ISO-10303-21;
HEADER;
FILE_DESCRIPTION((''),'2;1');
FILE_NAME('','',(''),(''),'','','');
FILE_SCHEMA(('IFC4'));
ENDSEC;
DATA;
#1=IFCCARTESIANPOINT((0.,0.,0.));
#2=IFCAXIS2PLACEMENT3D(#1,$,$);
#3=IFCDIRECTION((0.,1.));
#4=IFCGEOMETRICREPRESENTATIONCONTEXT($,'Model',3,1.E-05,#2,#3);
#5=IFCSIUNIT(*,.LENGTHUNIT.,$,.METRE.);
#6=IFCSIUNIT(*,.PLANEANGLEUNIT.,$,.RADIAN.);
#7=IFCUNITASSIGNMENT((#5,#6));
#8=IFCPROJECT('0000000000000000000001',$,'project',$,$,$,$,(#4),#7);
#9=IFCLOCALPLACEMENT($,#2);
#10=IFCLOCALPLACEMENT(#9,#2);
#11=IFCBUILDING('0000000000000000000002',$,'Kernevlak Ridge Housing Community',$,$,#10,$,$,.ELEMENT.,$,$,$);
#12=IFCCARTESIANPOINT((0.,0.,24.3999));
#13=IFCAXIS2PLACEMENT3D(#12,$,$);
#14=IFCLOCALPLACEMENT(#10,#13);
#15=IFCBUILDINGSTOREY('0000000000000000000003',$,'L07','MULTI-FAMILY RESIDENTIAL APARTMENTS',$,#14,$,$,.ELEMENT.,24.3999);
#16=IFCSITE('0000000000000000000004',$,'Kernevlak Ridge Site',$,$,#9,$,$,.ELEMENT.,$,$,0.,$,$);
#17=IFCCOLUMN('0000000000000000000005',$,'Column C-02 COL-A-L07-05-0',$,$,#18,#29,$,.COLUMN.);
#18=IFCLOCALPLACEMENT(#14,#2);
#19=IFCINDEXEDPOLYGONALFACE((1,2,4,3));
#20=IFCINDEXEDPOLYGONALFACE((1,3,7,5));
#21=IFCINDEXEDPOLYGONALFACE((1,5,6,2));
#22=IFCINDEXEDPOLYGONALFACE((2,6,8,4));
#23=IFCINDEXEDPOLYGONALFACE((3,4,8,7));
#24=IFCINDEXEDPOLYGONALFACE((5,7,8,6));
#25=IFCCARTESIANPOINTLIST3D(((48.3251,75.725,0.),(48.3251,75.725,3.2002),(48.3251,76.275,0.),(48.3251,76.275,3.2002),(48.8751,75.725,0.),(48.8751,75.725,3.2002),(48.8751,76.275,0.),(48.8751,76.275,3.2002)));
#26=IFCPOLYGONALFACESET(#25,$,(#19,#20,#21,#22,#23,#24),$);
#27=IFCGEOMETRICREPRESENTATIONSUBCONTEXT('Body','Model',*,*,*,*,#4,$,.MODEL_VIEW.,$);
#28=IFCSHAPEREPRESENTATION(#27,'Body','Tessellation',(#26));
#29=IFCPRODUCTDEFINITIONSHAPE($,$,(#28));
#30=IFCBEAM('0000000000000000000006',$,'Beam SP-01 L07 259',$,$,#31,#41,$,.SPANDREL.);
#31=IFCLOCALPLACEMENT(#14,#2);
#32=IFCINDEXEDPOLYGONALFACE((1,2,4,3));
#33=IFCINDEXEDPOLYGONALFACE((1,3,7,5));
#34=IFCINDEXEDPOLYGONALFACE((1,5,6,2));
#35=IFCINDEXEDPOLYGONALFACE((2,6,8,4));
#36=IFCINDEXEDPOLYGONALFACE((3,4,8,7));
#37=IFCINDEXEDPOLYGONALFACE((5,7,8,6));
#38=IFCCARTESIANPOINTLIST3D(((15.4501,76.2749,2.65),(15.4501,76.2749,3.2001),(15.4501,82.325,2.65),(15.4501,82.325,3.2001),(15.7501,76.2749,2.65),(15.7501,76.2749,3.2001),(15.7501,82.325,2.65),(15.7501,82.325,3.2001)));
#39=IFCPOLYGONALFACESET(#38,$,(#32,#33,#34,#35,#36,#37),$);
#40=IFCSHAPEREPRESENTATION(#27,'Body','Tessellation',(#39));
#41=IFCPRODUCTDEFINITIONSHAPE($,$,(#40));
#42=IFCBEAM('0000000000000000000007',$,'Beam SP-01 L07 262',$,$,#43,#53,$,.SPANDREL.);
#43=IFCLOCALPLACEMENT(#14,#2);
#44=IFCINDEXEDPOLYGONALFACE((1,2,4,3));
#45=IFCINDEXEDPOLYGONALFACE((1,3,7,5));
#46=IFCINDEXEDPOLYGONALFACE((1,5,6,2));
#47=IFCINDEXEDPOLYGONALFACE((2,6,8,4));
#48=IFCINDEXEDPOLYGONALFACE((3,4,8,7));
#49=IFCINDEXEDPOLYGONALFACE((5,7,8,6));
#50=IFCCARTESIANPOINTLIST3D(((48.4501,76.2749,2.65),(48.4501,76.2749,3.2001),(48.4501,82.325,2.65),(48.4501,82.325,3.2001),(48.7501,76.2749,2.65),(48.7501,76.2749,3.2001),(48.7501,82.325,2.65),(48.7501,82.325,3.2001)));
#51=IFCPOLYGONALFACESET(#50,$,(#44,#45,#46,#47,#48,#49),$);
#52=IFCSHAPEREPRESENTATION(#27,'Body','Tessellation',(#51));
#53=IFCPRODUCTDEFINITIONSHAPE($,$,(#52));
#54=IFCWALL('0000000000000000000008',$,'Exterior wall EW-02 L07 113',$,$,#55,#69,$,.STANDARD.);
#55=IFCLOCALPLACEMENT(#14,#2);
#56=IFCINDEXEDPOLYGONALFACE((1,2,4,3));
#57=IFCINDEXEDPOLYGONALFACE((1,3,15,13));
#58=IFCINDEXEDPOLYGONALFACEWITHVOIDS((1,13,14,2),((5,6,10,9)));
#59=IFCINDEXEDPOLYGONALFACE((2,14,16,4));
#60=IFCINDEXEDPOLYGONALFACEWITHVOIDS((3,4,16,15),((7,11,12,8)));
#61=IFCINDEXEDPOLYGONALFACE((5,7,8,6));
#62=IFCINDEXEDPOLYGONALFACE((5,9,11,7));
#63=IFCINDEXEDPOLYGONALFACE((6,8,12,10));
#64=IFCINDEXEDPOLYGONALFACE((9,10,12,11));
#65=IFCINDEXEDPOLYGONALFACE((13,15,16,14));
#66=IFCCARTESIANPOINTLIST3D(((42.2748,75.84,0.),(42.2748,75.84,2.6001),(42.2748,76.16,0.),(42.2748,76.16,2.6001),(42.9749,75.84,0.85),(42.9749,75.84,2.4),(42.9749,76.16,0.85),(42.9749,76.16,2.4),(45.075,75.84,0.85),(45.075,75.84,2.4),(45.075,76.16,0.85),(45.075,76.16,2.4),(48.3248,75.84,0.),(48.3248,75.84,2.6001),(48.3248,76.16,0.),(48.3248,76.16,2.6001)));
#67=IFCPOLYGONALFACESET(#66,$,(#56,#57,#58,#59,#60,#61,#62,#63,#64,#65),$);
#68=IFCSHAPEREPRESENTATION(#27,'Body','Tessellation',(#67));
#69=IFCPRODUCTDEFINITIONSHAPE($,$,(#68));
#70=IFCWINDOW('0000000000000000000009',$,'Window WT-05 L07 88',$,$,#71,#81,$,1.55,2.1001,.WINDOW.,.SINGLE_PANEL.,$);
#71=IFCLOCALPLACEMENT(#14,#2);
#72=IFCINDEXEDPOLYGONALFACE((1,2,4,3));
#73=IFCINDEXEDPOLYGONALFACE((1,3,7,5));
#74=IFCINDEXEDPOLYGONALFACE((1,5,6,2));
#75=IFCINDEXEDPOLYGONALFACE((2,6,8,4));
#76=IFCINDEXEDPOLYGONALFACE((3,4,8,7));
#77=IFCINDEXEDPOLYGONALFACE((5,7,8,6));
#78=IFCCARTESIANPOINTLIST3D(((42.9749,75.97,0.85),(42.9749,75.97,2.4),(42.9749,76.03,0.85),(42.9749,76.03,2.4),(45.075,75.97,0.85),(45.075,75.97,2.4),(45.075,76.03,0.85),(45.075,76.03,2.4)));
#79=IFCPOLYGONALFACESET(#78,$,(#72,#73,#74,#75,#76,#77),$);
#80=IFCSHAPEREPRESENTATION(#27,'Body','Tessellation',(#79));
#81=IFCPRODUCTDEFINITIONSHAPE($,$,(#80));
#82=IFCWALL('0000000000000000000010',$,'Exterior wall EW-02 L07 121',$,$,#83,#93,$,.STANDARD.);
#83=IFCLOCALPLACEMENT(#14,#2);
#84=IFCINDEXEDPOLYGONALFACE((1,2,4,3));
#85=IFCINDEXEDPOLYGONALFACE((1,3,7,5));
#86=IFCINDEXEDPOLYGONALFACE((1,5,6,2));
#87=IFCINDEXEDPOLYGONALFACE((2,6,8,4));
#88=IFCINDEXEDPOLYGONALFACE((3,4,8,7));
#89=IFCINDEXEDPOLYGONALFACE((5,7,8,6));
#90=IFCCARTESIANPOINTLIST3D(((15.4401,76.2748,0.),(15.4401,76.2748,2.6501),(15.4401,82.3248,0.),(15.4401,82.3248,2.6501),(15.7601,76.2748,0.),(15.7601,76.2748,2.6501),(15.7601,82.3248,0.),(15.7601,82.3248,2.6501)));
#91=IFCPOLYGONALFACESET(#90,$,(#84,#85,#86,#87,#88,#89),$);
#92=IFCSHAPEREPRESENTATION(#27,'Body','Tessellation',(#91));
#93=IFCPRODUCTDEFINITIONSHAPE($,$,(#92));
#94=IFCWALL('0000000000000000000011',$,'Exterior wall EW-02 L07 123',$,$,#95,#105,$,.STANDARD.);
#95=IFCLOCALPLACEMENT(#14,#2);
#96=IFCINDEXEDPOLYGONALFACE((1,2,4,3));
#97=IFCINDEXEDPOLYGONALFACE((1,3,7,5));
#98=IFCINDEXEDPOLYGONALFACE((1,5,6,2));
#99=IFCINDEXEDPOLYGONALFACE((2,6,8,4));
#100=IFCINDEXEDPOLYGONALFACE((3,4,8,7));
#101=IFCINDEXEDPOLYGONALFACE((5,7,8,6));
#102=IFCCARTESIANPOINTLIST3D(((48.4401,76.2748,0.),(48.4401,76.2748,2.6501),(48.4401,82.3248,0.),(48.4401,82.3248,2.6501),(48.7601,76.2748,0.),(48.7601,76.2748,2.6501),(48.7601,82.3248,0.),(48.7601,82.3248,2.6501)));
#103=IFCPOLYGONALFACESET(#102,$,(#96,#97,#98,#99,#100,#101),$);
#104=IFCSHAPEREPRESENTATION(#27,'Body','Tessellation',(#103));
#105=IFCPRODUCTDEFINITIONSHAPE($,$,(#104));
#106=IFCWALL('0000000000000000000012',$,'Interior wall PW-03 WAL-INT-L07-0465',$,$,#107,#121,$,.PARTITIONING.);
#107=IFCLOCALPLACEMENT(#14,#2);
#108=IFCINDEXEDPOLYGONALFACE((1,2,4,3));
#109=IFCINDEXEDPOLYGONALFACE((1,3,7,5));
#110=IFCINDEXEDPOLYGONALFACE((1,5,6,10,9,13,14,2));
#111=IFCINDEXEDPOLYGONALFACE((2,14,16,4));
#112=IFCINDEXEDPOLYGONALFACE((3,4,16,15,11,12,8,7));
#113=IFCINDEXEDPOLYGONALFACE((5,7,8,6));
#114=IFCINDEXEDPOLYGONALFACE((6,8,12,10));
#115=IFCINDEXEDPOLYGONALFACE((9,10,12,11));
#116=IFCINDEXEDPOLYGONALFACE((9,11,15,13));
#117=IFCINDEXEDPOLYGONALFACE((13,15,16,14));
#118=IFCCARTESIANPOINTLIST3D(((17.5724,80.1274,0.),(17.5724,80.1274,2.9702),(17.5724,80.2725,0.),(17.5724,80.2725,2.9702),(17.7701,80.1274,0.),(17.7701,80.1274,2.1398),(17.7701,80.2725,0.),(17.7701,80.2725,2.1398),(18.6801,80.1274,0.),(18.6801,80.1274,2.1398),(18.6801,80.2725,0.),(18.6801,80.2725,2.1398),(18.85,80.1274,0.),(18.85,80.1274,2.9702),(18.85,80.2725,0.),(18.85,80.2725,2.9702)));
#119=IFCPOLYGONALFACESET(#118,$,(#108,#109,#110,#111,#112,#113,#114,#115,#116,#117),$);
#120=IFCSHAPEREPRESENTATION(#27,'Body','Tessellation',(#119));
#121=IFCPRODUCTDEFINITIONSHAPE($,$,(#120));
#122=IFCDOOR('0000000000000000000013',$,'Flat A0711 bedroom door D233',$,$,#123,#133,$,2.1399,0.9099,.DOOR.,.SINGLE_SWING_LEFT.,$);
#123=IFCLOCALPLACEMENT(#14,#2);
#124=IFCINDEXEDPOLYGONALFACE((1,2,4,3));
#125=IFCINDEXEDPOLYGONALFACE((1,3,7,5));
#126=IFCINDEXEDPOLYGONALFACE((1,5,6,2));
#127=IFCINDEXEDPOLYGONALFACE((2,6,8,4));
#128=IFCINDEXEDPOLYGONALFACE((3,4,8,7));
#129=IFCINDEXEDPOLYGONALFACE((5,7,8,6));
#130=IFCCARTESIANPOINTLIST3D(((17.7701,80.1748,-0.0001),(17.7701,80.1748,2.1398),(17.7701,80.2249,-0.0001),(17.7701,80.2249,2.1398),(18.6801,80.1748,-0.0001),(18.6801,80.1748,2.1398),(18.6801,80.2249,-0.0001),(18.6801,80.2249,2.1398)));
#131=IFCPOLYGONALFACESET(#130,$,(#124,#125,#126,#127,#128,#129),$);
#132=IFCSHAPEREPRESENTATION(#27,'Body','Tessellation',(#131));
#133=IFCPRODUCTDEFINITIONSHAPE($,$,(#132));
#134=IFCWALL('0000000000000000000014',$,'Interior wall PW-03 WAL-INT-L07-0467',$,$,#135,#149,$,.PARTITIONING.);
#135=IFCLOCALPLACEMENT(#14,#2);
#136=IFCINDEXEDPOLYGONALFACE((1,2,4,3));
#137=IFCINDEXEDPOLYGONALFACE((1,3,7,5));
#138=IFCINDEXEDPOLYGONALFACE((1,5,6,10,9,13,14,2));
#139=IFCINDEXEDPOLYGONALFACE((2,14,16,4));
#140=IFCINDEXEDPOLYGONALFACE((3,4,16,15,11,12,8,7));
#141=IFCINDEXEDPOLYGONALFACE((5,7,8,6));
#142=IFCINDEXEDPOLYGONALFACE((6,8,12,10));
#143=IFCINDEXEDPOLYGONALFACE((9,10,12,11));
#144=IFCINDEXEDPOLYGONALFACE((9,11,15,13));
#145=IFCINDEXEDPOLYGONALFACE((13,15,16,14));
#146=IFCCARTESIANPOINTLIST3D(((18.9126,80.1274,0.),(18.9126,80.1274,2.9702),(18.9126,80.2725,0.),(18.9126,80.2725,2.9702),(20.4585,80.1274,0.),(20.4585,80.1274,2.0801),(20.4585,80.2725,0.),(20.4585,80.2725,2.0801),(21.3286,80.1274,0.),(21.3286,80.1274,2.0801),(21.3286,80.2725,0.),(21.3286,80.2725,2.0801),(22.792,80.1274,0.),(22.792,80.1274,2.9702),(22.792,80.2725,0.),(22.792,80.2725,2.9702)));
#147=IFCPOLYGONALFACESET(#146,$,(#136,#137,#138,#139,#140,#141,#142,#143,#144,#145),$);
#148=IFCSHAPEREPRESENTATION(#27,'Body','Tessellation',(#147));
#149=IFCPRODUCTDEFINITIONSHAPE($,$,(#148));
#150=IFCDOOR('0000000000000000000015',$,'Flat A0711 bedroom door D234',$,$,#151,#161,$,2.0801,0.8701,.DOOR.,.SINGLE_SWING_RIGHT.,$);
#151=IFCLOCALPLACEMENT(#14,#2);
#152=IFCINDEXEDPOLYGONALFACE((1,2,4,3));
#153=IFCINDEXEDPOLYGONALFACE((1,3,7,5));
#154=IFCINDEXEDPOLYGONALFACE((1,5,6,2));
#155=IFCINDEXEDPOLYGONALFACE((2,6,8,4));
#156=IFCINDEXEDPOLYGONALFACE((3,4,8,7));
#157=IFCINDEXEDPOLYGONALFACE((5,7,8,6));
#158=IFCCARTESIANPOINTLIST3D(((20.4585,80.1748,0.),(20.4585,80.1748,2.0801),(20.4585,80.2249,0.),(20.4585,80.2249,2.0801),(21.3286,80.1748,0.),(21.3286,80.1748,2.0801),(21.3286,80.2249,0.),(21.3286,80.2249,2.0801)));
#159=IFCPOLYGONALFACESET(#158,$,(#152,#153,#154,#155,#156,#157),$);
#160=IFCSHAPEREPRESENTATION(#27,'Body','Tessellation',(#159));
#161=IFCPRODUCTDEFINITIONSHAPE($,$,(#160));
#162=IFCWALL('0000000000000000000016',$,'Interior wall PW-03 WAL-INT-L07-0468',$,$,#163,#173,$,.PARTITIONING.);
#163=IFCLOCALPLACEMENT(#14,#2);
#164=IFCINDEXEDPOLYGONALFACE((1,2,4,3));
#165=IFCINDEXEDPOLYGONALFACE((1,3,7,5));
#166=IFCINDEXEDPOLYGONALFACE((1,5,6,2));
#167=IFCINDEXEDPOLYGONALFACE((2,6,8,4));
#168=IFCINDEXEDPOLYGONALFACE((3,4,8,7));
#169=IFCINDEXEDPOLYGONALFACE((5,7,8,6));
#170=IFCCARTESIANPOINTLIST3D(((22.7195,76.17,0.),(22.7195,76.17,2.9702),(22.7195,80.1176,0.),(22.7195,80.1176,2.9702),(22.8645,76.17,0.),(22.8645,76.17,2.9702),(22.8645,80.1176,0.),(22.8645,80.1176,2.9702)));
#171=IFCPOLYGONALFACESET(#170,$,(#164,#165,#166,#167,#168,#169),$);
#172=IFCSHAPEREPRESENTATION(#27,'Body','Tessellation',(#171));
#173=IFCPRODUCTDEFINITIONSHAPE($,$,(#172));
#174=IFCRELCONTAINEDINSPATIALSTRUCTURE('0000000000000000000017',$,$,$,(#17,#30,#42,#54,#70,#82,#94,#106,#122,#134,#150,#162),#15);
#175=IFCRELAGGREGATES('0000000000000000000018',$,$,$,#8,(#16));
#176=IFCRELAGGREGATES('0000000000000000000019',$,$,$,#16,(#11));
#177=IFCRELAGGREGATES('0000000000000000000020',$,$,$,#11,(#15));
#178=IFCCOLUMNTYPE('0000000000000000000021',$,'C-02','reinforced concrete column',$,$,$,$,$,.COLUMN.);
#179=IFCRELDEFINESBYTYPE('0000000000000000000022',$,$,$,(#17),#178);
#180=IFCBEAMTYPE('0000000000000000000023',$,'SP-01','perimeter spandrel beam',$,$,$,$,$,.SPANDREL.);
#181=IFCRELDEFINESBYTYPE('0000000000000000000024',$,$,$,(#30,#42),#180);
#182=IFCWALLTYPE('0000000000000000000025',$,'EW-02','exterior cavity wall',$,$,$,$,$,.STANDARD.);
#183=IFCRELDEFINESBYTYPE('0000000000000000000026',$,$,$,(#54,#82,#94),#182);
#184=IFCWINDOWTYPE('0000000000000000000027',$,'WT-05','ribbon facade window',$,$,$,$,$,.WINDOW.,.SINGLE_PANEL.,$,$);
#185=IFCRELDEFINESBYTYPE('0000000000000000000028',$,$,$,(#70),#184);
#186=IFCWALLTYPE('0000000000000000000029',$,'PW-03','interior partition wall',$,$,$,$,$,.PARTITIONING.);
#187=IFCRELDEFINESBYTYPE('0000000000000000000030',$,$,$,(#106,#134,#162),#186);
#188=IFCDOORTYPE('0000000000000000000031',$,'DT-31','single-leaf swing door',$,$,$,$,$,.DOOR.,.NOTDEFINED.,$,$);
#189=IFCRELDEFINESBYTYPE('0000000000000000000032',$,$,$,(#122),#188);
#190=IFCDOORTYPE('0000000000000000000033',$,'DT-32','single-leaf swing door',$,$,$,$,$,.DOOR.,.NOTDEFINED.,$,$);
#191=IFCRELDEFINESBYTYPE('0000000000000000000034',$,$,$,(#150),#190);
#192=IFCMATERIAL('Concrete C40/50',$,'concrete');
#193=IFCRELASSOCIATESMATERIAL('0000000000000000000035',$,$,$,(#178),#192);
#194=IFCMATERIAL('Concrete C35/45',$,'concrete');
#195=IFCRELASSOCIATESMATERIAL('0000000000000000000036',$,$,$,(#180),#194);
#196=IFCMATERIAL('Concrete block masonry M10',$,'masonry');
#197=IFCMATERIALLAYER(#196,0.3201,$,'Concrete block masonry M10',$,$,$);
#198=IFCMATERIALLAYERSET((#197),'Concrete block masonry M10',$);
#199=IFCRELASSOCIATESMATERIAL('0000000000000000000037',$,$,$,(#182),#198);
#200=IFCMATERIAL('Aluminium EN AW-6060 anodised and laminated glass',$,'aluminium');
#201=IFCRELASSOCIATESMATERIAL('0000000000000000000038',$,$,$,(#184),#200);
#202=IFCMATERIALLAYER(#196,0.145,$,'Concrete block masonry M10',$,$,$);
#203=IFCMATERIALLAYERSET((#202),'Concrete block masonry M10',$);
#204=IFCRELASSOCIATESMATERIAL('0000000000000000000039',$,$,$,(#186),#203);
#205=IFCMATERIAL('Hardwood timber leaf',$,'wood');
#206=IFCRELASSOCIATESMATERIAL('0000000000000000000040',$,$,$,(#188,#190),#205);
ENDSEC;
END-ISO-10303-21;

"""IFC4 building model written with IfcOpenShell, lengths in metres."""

from ifc_helpers import new_model, si_unit, direction, frame, frame_2d, origin, origin_2d, place, context, subcontext, project, spatial, rectangle, extrude, material, layer, layer_set, material_profile, profile_set, type_object, element, fill, save


model = new_model("IFC4")

# Units and contexts
model_context = context("Model", 3, precision=1e-05, world=origin(), true_north=direction((0.0, 1.0)))
body_context = subcontext(model_context, "Body", "Model", "MODEL_VIEW")
ifc_project = project(units=[si_unit("LENGTHUNIT", "METRE"), si_unit("PLANEANGLEUNIT", "RADIAN")], contexts=[model_context])

# Site, building, storey
site_placement = place(None, origin())
site = spatial("IfcSite", under=ifc_project, at=site_placement, Name="Kernevlak Ridge Site", CompositionType="ELEMENT", RefElevation=0.0)
building_placement = place(site_placement, origin())
building = spatial("IfcBuilding", under=site, at=building_placement, Name="Kernevlak Ridge Housing Community", CompositionType="ELEMENT")
storey_placement = place(building_placement, frame((0.0, 0.0, 24.3999)))
storey = spatial("IfcBuildingStorey", under=building, at=storey_placement, Name="L07", Description="MULTI-FAMILY RESIDENTIAL APARTMENTS", CompositionType="ELEMENT", Elevation=24.3999)

# Column
ifc_material_1 = material(Name="Concrete C40/50", Category="concrete")
ifc_material_profile_1 = material_profile(ifc_material_1, rectangle(XDim=0.55, YDim=0.55, at=origin_2d()), Name="RC 550x550")
ifc_profile_set_1 = profile_set([ifc_material_profile_1], Name="Concrete C40/50")
column_type = type_object("IfcColumnType", Name="C-02", Description="reinforced concrete column", PredefinedType="COLUMN", material=ifc_profile_set_1)
column_placement = place(storey_placement, frame((48.6001, 76.0, 0.0), z_axis=(0.0, 0.0, 1.0), x_axis=(1.0, 0.0, 0.0)))
element("IfcColumn", 1, at=column_placement, inside=storey, type_object=column_type, Name="Column C-02 COL-A-L07-05-0", PredefinedType="COLUMN", context=body_context, shape_type="SweptSolid", body=[
    extrude(rectangle(XDim=0.55, YDim=0.55, at=origin_2d()), origin(), (0.0, 0.0, 1.0), 3.2002),
])

# Beams
ifc_material_2 = material(Name="Concrete C35/45", Category="concrete")
ifc_material_profile_2 = material_profile(ifc_material_2, rectangle(XDim=0.3, YDim=0.55, at=origin_2d()), Name="RC 300x550")
ifc_profile_set_2 = profile_set([ifc_material_profile_2], Name="Concrete C35/45")
beam_type = type_object("IfcBeamType", Name="SP-01", Description="perimeter spandrel beam", PredefinedType="SPANDREL", material=ifc_profile_set_2)
for number, where, z_axis, x_axis, name in (
    (2, (15.6001, 76.2749, 2.925), (0.0, 1.0, 0.0), (-1.0, 0.0, 0.0), "Beam SP-01 L07 259"),
    (3, (48.6001, 76.2749, 2.925), (0.0, 1.0, 0.0), (-1.0, 0.0, 0.0), "Beam SP-01 L07 262"),
):
    element("IfcBeam", number, at=place(storey_placement, frame(where, z_axis=z_axis, x_axis=x_axis)), inside=storey, type_object=beam_type, Name=name, PredefinedType="SPANDREL", context=body_context, shape_type="SweptSolid", body=[
        extrude(rectangle(XDim=0.3, YDim=0.55, at=origin_2d()), origin(), (0.0, 0.0, 1.0), 6.05),
    ])

# Wall, opening, window
ifc_material_3 = material(Name="Concrete block masonry M10", Category="masonry")
ifc_layer_1 = layer(ifc_material_3, 0.3201, Name="Concrete block masonry M10")
ifc_layer_set_1 = layer_set([ifc_layer_1], Name="Concrete block masonry M10")
wall_type_1 = type_object("IfcWallType", Name="EW-02", Description="exterior cavity wall", PredefinedType="STANDARD", material=ifc_layer_set_1)
wall_1_placement = place(storey_placement, frame((42.2749, 76.0, 0.0), z_axis=(0.0, 0.0, 1.0), x_axis=(1.0, 0.0, 0.0)))
wall_1 = element("IfcWall", 4, at=wall_1_placement, inside=storey, type_object=wall_type_1, Name="Exterior wall EW-02 L07 113", PredefinedType="STANDARD", context=body_context, shape_type="SweptSolid", body=[
    extrude(rectangle(XDim=6.05, YDim=0.3201, at=frame_2d((3.0249, 0.0))), origin(), (0.0, 0.0, 1.0), 2.6001),
])
opening_1_placement = place(wall_1_placement, frame((0.7, 0.0, 0.8501)))
opening_1 = element("IfcOpeningElement", 5, at=opening_1_placement, cuts=wall_1, PredefinedType="OPENING", context=body_context, shape_type="SweptSolid", body=[
    extrude(rectangle(XDim=2.1001, YDim=1.55, at=frame_2d((1.05, 0.7749))), frame((0.0, 0.1699, 0.0), z_axis=(0.0, -1.0, 0.0), x_axis=(1.0, 0.0, 0.0)), (0.0, 0.0, 1.0), 0.3401),
])
ifc_material_4 = material(Name="Aluminium EN AW-6060 anodised and laminated glass", Category="aluminium")
window_type = type_object("IfcWindowType", Name="WT-05", Description="ribbon facade window", PartitioningType="SINGLE_PANEL", PredefinedType="WINDOW", material=ifc_material_4)
window_placement = place(opening_1_placement, origin())
window = element("IfcWindow", 6, at=window_placement, inside=storey, type_object=window_type, Name="Window WT-05 L07 88", OverallHeight=1.55, OverallWidth=2.1001, PartitioningType="SINGLE_PANEL", PredefinedType="WINDOW", context=body_context, shape_type="SweptSolid", body=[
    extrude(rectangle(XDim=2.1001, YDim=1.55, at=frame_2d((1.05, 0.7749))), frame((0.0, 0.03, 0.0), z_axis=(0.0, -1.0, 0.0), x_axis=(1.0, 0.0, 0.0)), (0.0, 0.0, 1.0), 0.0601),
])
fill(opening_1, window)

# Walls
for number, where, z_axis, x_axis, name in (
    (7, (15.6001, 76.2749, 0.0), (0.0, 0.0, 1.0), (0.0, 1.0, 0.0), "Exterior wall EW-02 L07 121"),
    (8, (48.6001, 76.2749, 0.0), (0.0, 0.0, 1.0), (0.0, 1.0, 0.0), "Exterior wall EW-02 L07 123"),
):
    element("IfcWall", number, at=place(storey_placement, frame(where, z_axis=z_axis, x_axis=x_axis)), inside=storey, type_object=wall_type_1, Name=name, PredefinedType="STANDARD", context=body_context, shape_type="SweptSolid", body=[
        extrude(rectangle(XDim=6.05, YDim=0.3201, at=frame_2d((3.0249, 0.0))), origin(), (0.0, 0.0, 1.0), 2.6501),
    ])

# Walls, openings, doors
ifc_layer_2 = layer(ifc_material_3, 0.145, Name="Concrete block masonry M10")
ifc_layer_set_2 = layer_set([ifc_layer_2], Name="Concrete block masonry M10")
wall_type_2 = type_object("IfcWallType", Name="PW-03", Description="interior partition wall", PredefinedType="PARTITIONING", material=ifc_layer_set_2)
wall_2_placement = place(storey_placement, frame((17.5725, 80.2, 0.0), z_axis=(0.0, 0.0, 1.0), x_axis=(1.0, 0.0, 0.0)))
wall_2 = element("IfcWall", 9, at=wall_2_placement, inside=storey, type_object=wall_type_2, Name="Interior wall PW-03 WAL-INT-L07-0465", PredefinedType="PARTITIONING", context=body_context, shape_type="SweptSolid", body=[
    extrude(rectangle(XDim=1.2776, YDim=0.145, at=frame_2d((0.6387, 0.0))), origin(), (0.0, 0.0, 1.0), 2.9702),
])
opening_2_placement = place(wall_2_placement, frame((0.1975, 0.0, 0.0)))
opening_2 = element("IfcOpeningElement", 10, at=opening_2_placement, cuts=wall_2, PredefinedType="OPENING", context=body_context, shape_type="SweptSolid", body=[
    extrude(rectangle(XDim=0.9099, YDim=2.1399, at=frame_2d((0.4551, 1.0698))), frame((0.0, 0.0825, 0.0), z_axis=(0.0, -1.0, 0.0), x_axis=(1.0, 0.0, 0.0)), (0.0, 0.0, 1.0), 0.165),
])
ifc_material_5 = material(Name="Hardwood timber leaf", Category="wood")
door_type_1 = type_object("IfcDoorType", Name="DT-31", Description="single-leaf swing door", OperationType="NOTDEFINED", PredefinedType="DOOR", material=ifc_material_5)
door_1_placement = place(opening_2_placement, origin())
door_1 = element("IfcDoor", 11, at=door_1_placement, inside=storey, type_object=door_type_1, Name="Flat A0711 bedroom door D233", OperationType="SINGLE_SWING_LEFT", OverallHeight=2.1399, OverallWidth=0.9099, PredefinedType="DOOR", context=body_context, shape_type="SweptSolid", body=[
    extrude(rectangle(XDim=0.9099, YDim=2.1399, at=frame_2d((0.4551, 1.0698))), frame((0.0, 0.0249, 0.0), z_axis=(0.0, -1.0, 0.0), x_axis=(1.0, 0.0, 0.0)), (0.0, 0.0, 1.0), 0.05),
])
fill(opening_2, door_1)
wall_3_placement = place(storey_placement, frame((18.9126, 80.2, 0.0), z_axis=(0.0, 0.0, 1.0), x_axis=(1.0, 0.0, 0.0)))
wall_3 = element("IfcWall", 12, at=wall_3_placement, inside=storey, type_object=wall_type_2, Name="Interior wall PW-03 WAL-INT-L07-0467", PredefinedType="PARTITIONING", context=body_context, shape_type="SweptSolid", body=[
    extrude(rectangle(XDim=3.8794, YDim=0.145, at=frame_2d((1.9397, 0.0))), origin(), (0.0, 0.0, 1.0), 2.9702),
])
opening_3_placement = place(wall_3_placement, frame((1.5459, 0.0, 0.0)))
opening_3 = element("IfcOpeningElement", 13, at=opening_3_placement, cuts=wall_3, PredefinedType="OPENING", context=body_context, shape_type="SweptSolid", body=[
    extrude(rectangle(XDim=0.8701, YDim=2.0801, at=frame_2d((0.4351, 1.04))), frame((0.0, 0.0825, 0.0), z_axis=(0.0, -1.0, 0.0), x_axis=(1.0, 0.0, 0.0)), (0.0, 0.0, 1.0), 0.165),
])
door_type_2 = type_object("IfcDoorType", Name="DT-32", Description="single-leaf swing door", OperationType="NOTDEFINED", PredefinedType="DOOR", material=ifc_material_5)
door_2_placement = place(opening_3_placement, origin())
door_2 = element("IfcDoor", 14, at=door_2_placement, inside=storey, type_object=door_type_2, Name="Flat A0711 bedroom door D234", OperationType="SINGLE_SWING_RIGHT", OverallHeight=2.0801, OverallWidth=0.8701, PredefinedType="DOOR", context=body_context, shape_type="SweptSolid", body=[
    extrude(rectangle(XDim=0.8701, YDim=2.0801, at=frame_2d((0.4351, 1.04))), frame((0.0, 0.0249, 0.0), z_axis=(0.0, -1.0, 0.0), x_axis=(1.0, 0.0, 0.0)), (0.0, 0.0, 1.0), 0.05),
])
fill(opening_3, door_2)

# Wall
wall_4_placement = place(storey_placement, frame((22.792, 80.1174, 0.0), z_axis=(0.0, 0.0, 1.0), x_axis=(0.0, -1.0, 0.0)))
element("IfcWall", 15, at=wall_4_placement, inside=storey, type_object=wall_type_2, Name="Interior wall PW-03 WAL-INT-L07-0468", PredefinedType="PARTITIONING", context=body_context, shape_type="SweptSolid", body=[
    extrude(rectangle(XDim=3.9475, YDim=0.145, at=frame_2d((1.9736, 0.0))), origin(), (0.0, 0.0, 1.0), 2.9702),
])

save(model, "model.ifc")
